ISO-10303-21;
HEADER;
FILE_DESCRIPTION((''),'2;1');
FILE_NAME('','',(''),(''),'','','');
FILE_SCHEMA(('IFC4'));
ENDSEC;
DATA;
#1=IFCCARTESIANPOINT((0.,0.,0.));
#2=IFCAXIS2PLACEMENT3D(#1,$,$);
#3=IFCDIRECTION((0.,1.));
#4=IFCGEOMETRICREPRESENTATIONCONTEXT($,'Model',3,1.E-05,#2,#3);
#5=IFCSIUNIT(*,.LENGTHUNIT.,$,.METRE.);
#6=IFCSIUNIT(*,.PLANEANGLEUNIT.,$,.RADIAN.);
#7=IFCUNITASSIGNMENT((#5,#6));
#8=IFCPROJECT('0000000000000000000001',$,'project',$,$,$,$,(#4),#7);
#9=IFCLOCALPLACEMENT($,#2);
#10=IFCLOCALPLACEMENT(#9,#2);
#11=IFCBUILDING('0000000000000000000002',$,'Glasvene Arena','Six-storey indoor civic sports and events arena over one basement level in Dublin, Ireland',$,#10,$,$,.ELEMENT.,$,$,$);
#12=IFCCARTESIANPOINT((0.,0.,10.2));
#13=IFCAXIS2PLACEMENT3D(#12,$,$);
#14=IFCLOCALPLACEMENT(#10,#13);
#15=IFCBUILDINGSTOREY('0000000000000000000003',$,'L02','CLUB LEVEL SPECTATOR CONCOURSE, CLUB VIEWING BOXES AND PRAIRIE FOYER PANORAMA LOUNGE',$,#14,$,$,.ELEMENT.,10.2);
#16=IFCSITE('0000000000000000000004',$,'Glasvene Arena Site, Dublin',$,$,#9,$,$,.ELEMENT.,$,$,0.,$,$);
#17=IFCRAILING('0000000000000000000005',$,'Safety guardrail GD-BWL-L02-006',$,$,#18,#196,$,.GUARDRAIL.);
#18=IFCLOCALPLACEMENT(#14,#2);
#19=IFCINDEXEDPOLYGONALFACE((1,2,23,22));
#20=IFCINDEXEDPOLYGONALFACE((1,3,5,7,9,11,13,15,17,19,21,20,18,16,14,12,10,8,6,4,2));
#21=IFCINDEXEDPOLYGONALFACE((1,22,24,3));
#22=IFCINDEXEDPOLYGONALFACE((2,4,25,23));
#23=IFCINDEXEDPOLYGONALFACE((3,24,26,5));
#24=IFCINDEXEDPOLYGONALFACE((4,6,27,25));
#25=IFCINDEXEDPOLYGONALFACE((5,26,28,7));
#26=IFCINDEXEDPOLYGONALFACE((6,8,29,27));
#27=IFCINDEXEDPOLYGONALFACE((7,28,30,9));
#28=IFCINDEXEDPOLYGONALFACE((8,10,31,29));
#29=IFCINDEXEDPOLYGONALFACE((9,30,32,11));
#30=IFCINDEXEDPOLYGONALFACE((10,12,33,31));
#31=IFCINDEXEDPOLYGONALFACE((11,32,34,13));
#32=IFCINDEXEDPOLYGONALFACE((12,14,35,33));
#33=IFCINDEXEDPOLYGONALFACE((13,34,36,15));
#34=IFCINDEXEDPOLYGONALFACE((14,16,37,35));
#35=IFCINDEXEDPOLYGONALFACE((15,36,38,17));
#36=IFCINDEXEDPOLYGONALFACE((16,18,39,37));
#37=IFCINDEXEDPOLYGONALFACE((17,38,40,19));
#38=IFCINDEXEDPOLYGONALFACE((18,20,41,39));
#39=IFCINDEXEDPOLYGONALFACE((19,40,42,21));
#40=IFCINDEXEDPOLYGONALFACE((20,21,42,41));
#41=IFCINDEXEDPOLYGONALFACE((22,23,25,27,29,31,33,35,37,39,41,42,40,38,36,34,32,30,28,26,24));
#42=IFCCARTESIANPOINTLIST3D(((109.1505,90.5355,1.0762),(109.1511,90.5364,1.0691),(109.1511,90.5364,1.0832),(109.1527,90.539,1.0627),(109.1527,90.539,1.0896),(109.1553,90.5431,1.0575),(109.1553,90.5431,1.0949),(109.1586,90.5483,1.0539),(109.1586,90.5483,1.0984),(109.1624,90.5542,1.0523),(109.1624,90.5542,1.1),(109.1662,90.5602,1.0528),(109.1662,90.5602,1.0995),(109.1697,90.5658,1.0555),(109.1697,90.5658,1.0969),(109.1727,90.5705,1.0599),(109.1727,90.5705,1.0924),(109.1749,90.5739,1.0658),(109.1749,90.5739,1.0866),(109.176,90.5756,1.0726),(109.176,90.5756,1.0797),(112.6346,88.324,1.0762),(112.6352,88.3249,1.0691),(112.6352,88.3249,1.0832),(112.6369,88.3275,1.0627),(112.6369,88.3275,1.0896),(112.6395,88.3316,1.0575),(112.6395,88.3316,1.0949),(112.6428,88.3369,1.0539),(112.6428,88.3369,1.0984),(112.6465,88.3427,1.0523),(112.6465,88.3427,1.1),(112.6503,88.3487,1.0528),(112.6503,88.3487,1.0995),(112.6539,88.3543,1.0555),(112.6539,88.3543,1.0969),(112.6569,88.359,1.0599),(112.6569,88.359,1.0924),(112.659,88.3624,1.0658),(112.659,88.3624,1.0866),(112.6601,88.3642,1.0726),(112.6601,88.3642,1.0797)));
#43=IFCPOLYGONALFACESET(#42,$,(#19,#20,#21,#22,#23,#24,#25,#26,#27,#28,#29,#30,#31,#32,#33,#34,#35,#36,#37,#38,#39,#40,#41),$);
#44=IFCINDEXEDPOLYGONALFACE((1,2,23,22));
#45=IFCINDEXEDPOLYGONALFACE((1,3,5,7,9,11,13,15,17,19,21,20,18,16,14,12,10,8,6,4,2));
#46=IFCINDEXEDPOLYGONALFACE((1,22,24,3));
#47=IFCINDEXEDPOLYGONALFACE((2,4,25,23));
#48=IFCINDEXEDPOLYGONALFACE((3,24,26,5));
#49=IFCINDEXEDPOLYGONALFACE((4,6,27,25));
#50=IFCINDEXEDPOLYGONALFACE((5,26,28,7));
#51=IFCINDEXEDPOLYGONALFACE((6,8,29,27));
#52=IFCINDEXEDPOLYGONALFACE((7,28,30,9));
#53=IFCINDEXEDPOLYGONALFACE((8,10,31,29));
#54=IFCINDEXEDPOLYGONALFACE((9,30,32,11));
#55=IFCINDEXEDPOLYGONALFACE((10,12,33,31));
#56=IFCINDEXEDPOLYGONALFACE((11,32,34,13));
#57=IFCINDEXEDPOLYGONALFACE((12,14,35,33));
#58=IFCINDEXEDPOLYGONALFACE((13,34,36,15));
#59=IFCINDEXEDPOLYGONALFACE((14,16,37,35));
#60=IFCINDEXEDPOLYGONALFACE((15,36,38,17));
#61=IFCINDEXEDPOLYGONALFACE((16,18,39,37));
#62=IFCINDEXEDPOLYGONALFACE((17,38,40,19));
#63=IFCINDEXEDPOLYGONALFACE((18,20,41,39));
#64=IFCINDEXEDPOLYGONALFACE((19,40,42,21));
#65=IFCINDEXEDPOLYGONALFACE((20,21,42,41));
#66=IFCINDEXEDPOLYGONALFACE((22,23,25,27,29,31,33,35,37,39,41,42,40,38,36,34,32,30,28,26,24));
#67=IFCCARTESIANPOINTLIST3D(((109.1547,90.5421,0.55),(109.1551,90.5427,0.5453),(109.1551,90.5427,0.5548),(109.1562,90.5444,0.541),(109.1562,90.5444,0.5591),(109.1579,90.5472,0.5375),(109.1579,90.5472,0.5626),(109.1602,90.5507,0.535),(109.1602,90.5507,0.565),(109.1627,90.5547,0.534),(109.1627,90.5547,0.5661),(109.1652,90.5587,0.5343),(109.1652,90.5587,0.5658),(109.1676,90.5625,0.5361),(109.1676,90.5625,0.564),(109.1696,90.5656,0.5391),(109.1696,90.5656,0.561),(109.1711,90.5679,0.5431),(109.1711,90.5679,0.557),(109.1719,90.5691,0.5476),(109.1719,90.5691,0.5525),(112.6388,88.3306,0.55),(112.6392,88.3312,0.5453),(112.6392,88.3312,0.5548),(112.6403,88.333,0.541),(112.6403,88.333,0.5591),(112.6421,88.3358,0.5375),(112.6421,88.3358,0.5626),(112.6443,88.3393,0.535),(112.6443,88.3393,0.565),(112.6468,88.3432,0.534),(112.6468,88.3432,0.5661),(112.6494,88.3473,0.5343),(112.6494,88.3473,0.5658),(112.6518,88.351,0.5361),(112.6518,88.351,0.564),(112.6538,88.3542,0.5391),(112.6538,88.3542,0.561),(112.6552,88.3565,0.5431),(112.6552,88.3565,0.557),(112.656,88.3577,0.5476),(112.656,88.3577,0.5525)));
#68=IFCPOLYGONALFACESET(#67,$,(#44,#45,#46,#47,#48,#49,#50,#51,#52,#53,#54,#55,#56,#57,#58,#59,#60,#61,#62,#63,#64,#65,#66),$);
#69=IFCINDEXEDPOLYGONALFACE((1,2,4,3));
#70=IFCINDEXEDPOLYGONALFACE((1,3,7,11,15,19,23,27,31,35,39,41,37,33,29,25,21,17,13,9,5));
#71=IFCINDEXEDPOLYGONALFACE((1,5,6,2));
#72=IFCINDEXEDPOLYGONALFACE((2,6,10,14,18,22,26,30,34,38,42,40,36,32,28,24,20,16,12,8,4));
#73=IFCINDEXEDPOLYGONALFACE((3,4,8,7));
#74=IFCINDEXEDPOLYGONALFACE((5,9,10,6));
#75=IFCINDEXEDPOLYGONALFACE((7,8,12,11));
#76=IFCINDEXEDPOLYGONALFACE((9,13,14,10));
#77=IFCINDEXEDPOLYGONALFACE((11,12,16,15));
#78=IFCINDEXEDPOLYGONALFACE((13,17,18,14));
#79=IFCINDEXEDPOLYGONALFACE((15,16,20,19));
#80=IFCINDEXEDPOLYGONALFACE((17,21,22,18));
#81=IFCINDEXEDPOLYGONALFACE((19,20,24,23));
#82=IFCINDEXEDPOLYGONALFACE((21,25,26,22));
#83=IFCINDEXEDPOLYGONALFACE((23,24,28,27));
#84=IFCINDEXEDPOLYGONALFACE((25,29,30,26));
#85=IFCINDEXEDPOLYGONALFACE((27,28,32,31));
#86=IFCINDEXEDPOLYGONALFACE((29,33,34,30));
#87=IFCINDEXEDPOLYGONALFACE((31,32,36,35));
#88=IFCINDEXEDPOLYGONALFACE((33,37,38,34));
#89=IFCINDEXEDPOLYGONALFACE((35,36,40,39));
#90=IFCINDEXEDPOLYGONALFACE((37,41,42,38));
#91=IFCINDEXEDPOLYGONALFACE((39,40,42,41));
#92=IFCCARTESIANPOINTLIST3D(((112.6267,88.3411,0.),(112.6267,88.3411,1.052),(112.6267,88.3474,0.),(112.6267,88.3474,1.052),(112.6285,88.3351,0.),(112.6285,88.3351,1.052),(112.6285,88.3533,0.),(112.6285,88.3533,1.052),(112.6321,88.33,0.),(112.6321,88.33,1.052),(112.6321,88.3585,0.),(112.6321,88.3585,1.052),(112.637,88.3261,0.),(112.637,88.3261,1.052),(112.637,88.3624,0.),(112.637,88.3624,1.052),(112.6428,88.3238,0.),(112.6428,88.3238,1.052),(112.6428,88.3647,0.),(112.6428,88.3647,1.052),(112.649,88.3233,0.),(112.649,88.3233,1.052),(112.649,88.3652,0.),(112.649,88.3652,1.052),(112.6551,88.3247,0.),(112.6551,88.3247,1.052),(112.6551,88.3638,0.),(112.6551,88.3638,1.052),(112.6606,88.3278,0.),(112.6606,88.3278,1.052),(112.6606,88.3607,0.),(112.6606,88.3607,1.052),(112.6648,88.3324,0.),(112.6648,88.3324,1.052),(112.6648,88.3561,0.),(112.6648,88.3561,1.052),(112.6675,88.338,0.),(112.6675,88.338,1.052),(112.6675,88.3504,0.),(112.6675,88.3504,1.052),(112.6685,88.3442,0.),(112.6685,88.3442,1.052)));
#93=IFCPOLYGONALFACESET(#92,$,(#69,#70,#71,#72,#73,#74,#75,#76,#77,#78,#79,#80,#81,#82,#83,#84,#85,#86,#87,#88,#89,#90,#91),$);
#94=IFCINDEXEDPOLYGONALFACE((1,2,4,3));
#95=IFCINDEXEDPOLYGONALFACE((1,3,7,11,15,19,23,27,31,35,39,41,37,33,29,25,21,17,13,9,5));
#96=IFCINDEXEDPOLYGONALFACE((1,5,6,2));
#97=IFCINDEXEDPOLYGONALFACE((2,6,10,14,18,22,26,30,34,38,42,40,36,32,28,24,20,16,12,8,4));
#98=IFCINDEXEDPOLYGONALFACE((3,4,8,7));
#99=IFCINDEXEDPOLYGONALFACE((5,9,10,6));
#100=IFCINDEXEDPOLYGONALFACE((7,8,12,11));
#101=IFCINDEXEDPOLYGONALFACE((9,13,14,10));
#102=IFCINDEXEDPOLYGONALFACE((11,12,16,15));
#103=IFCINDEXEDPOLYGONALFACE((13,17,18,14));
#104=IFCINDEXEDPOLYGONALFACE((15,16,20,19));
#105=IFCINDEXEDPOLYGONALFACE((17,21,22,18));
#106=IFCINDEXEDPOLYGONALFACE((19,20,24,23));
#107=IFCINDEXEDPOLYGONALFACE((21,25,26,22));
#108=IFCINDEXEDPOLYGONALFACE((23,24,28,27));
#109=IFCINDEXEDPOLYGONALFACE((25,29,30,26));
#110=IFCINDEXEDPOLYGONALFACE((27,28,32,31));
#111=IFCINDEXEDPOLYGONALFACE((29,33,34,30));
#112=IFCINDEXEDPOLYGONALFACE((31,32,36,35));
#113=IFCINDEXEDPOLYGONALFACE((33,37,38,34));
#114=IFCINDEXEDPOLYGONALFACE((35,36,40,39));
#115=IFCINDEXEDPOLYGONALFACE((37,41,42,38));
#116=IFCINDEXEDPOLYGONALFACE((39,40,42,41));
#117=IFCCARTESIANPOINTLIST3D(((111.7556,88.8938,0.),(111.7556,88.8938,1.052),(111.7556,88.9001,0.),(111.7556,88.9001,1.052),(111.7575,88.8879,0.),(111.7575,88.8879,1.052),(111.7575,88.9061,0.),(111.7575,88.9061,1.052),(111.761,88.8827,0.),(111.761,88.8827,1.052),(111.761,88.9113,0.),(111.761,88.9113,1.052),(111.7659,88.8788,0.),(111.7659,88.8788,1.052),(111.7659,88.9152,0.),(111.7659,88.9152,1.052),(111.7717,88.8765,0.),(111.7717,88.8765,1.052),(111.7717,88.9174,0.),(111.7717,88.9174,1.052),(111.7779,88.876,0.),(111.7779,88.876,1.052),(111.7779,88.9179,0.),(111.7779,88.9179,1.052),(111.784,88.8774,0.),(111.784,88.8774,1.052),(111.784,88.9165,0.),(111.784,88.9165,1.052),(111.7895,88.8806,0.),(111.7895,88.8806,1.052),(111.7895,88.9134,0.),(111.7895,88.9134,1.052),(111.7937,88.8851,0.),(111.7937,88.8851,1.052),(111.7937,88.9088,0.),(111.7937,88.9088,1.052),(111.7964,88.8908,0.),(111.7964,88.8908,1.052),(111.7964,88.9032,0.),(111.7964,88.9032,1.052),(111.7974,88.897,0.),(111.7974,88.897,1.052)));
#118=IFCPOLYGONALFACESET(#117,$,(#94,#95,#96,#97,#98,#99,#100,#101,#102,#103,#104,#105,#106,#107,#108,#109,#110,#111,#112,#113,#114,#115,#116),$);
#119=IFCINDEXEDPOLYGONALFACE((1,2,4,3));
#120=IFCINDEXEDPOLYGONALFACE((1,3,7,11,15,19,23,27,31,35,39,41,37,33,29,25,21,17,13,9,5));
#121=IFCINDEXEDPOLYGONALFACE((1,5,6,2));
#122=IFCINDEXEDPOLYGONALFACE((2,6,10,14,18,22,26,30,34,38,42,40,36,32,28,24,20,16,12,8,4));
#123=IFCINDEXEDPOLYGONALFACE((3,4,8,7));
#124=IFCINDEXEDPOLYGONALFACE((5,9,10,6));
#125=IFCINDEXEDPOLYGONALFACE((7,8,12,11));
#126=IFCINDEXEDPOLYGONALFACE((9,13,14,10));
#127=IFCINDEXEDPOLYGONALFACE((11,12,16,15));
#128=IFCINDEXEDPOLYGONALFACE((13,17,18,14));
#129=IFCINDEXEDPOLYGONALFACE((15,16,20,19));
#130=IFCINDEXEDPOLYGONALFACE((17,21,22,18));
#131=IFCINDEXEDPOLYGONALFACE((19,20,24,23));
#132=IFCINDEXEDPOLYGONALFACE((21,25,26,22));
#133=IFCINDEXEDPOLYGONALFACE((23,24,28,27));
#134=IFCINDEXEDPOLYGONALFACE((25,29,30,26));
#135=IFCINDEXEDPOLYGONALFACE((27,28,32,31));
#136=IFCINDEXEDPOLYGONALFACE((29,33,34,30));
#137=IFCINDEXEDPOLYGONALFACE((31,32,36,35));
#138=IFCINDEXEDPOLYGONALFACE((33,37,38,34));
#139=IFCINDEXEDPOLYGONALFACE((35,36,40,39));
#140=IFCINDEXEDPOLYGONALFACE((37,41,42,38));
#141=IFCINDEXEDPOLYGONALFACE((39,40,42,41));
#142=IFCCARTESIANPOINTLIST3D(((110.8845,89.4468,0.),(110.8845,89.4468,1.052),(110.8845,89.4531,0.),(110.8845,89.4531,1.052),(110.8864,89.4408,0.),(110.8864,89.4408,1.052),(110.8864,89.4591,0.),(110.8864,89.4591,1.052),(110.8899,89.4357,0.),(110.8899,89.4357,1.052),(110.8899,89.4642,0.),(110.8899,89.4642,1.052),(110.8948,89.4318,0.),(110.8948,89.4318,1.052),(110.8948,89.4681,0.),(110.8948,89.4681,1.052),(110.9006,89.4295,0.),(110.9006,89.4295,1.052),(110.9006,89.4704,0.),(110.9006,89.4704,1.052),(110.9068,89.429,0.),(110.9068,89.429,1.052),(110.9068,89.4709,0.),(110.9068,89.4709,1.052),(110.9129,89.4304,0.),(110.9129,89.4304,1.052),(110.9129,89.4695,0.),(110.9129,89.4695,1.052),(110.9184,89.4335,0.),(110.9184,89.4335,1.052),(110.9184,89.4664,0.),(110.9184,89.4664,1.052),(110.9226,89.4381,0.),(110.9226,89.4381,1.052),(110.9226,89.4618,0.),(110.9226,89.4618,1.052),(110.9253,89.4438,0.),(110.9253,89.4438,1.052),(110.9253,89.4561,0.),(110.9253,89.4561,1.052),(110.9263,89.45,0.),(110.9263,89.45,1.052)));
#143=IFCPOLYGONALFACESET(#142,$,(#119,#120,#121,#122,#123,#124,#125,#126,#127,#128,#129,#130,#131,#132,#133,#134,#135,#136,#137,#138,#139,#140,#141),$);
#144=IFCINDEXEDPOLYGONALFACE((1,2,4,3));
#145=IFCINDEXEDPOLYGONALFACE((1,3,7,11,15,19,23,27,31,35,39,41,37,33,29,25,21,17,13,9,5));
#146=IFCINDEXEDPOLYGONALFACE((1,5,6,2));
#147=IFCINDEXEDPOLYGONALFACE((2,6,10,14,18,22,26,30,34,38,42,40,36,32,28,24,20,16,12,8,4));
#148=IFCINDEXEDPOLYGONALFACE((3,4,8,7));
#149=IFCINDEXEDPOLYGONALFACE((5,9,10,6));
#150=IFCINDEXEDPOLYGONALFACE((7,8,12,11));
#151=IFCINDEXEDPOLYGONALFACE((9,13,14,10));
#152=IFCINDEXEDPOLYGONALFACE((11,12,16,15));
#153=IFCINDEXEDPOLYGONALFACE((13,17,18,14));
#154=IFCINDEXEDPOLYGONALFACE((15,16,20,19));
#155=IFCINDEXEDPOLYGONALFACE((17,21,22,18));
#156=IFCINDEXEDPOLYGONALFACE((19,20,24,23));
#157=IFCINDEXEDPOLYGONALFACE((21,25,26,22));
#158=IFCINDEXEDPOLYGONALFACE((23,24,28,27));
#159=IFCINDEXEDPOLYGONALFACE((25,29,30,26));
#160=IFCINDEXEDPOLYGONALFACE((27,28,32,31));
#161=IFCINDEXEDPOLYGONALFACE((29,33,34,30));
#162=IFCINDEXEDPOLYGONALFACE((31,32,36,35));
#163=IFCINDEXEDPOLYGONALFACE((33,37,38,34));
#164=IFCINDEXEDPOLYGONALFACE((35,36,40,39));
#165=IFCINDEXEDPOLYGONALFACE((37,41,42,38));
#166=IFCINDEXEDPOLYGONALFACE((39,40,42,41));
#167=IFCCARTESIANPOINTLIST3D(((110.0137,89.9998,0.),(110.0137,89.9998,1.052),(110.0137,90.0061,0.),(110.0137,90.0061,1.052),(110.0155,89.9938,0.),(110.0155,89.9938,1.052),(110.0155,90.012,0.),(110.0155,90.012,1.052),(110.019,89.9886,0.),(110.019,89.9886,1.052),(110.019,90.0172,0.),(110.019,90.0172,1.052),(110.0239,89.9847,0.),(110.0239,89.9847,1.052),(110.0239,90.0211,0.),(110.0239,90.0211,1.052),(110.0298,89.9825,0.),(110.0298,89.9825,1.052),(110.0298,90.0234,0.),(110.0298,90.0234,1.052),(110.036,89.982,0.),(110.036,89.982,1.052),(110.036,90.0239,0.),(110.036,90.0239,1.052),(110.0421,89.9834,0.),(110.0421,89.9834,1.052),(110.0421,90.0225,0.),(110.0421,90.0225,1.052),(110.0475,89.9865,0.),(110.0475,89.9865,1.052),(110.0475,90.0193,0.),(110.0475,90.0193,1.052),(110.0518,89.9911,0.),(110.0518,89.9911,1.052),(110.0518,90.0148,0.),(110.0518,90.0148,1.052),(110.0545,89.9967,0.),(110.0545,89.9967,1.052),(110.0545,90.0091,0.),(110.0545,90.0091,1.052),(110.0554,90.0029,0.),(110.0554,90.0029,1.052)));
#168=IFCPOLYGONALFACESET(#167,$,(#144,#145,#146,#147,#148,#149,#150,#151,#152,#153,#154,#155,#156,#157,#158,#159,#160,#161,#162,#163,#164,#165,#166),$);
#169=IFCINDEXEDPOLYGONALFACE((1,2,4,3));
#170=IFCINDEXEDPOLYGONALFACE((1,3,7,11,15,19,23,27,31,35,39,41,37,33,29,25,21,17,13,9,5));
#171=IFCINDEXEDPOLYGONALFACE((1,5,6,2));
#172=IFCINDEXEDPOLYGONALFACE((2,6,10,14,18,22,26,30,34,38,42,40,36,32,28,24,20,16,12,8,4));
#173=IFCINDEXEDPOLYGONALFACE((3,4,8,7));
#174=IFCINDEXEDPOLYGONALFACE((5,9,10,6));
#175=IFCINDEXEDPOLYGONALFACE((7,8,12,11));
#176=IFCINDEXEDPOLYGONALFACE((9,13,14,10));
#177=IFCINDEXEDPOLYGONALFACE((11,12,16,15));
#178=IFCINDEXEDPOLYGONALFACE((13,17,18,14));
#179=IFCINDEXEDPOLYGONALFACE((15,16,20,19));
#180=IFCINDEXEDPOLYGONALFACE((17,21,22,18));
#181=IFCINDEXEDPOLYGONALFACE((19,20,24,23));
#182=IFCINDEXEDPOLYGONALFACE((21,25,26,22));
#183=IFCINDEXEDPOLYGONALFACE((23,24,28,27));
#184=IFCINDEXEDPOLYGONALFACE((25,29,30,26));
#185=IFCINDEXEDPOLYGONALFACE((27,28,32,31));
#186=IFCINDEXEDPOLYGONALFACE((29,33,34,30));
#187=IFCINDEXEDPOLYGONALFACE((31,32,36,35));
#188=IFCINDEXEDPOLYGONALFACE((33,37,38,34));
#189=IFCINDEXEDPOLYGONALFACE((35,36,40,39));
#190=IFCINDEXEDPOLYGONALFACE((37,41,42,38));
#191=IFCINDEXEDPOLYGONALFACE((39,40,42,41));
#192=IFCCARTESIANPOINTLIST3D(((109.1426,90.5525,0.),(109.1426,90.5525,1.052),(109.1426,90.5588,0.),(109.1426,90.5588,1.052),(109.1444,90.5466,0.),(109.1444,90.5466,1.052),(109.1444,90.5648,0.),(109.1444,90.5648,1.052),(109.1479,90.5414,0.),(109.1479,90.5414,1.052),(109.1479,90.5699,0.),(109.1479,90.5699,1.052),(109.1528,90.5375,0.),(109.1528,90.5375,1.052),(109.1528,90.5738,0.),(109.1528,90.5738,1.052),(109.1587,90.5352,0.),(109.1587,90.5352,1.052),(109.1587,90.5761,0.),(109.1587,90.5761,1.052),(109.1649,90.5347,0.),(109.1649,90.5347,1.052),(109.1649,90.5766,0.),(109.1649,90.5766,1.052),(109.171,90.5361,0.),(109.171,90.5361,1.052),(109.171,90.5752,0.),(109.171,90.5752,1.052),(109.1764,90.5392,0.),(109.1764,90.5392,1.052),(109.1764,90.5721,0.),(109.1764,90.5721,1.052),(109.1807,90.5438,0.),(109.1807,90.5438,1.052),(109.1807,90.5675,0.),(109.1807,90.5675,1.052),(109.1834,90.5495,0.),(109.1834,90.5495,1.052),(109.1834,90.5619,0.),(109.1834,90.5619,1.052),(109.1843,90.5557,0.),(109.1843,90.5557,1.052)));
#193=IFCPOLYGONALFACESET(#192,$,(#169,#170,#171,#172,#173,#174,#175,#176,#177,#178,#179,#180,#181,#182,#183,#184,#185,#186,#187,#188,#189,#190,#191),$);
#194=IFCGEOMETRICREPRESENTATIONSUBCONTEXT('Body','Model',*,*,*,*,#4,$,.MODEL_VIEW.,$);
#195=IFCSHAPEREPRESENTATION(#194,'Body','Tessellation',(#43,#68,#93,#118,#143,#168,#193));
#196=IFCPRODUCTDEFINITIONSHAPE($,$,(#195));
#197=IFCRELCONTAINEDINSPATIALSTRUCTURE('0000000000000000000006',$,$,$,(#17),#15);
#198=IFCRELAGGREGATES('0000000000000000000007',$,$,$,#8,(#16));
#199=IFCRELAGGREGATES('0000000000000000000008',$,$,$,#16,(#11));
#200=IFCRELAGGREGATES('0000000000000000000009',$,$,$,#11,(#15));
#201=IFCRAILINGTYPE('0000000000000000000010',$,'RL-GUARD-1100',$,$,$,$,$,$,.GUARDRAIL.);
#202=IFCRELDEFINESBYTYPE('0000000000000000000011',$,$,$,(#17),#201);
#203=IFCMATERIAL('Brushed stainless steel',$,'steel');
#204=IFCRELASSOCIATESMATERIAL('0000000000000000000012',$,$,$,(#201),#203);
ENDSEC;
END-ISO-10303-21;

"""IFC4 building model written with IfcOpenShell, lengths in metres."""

from ifc_helpers import new_model, si_unit, direction, frame, origin, origin_2d, place, context, subcontext, project, spatial, circle, extrude, material, type_object, element, save


model = new_model("IFC4")

# Units and contexts
model_context = context("Model", 3, precision=1e-05, world=origin(), true_north=direction((0.0, 1.0)))
body_context = subcontext(model_context, "Body", "Model", "MODEL_VIEW")
ifc_project = project(units=[si_unit("LENGTHUNIT", "METRE"), si_unit("PLANEANGLEUNIT", "RADIAN")], contexts=[model_context])

# Site, building, storey
site_placement = place(None, origin())
site = spatial("IfcSite", under=ifc_project, at=site_placement, Name="Glasvene Arena Site, Dublin", CompositionType="ELEMENT", RefElevation=0.0)
building_placement = place(site_placement, origin())
building = spatial("IfcBuilding", under=site, at=building_placement, Name="Glasvene Arena", Description="Six-storey indoor civic sports and events arena over one basement level in Dublin, Ireland", CompositionType="ELEMENT")
storey_placement = place(building_placement, frame((0.0, 0.0, 10.2)))
storey = spatial("IfcBuildingStorey", under=building, at=storey_placement, Name="L02", Description="CLUB LEVEL SPECTATOR CONCOURSE, CLUB VIEWING BOXES AND PRAIRIE FOYER PANORAMA LOUNGE", CompositionType="ELEMENT", Elevation=10.2)

# Railing
ifc_material_1 = material(Name="Brushed stainless steel", Category="steel")
railing_type_1 = type_object("IfcRailingType", Name="RL-GUARD-1100", PredefinedType="GUARDRAIL", material=ifc_material_1)
railing_1_placement = place(storey_placement, frame((112.6475, 88.3442, 0.0)))
element("IfcRailing", 1, at=railing_1_placement, inside=storey, type_object=railing_type_1, Name="Safety guardrail GD-BWL-L02-006", PredefinedType="GUARDRAIL", context=body_context, shape_type="SweptSolid", body=[
    extrude(circle(Radius=0.0239, at=origin_2d()), frame((0.0, 0.0, 1.0762), z_axis=(-0.844292, 0.535884, 0.0), x_axis=(-0.535884, -0.844292, 0.0)), (0.0, 0.0, 1.0), 4.1267),
    extrude(circle(Radius=0.0161, at=origin_2d()), frame((0.0, 0.0, 0.55), z_axis=(-0.844292, 0.535884, 0.0), x_axis=(-0.535884, -0.844292, 0.0)), (0.0, 0.0, 1.0), 4.1267),
    extrude(circle(Radius=0.021, at=origin_2d()), origin(), (0.0, 0.0, 1.0), 1.052),
    extrude(circle(Radius=0.021, at=origin_2d()), frame((-0.8711, 0.5527, 0.0)), (0.0, 0.0, 1.0), 1.052),
    extrude(circle(Radius=0.021, at=origin_2d()), frame((-1.7422, 1.1057, 0.0)), (0.0, 0.0, 1.0), 1.052),
    extrude(circle(Radius=0.021, at=origin_2d()), frame((-2.613, 1.6587, 0.0)), (0.0, 0.0, 1.0), 1.052),
    extrude(circle(Radius=0.021, at=origin_2d()), frame((-3.4841, 2.2114, 0.0)), (0.0, 0.0, 1.0), 1.052),
])

save(model, "model.ifc")
